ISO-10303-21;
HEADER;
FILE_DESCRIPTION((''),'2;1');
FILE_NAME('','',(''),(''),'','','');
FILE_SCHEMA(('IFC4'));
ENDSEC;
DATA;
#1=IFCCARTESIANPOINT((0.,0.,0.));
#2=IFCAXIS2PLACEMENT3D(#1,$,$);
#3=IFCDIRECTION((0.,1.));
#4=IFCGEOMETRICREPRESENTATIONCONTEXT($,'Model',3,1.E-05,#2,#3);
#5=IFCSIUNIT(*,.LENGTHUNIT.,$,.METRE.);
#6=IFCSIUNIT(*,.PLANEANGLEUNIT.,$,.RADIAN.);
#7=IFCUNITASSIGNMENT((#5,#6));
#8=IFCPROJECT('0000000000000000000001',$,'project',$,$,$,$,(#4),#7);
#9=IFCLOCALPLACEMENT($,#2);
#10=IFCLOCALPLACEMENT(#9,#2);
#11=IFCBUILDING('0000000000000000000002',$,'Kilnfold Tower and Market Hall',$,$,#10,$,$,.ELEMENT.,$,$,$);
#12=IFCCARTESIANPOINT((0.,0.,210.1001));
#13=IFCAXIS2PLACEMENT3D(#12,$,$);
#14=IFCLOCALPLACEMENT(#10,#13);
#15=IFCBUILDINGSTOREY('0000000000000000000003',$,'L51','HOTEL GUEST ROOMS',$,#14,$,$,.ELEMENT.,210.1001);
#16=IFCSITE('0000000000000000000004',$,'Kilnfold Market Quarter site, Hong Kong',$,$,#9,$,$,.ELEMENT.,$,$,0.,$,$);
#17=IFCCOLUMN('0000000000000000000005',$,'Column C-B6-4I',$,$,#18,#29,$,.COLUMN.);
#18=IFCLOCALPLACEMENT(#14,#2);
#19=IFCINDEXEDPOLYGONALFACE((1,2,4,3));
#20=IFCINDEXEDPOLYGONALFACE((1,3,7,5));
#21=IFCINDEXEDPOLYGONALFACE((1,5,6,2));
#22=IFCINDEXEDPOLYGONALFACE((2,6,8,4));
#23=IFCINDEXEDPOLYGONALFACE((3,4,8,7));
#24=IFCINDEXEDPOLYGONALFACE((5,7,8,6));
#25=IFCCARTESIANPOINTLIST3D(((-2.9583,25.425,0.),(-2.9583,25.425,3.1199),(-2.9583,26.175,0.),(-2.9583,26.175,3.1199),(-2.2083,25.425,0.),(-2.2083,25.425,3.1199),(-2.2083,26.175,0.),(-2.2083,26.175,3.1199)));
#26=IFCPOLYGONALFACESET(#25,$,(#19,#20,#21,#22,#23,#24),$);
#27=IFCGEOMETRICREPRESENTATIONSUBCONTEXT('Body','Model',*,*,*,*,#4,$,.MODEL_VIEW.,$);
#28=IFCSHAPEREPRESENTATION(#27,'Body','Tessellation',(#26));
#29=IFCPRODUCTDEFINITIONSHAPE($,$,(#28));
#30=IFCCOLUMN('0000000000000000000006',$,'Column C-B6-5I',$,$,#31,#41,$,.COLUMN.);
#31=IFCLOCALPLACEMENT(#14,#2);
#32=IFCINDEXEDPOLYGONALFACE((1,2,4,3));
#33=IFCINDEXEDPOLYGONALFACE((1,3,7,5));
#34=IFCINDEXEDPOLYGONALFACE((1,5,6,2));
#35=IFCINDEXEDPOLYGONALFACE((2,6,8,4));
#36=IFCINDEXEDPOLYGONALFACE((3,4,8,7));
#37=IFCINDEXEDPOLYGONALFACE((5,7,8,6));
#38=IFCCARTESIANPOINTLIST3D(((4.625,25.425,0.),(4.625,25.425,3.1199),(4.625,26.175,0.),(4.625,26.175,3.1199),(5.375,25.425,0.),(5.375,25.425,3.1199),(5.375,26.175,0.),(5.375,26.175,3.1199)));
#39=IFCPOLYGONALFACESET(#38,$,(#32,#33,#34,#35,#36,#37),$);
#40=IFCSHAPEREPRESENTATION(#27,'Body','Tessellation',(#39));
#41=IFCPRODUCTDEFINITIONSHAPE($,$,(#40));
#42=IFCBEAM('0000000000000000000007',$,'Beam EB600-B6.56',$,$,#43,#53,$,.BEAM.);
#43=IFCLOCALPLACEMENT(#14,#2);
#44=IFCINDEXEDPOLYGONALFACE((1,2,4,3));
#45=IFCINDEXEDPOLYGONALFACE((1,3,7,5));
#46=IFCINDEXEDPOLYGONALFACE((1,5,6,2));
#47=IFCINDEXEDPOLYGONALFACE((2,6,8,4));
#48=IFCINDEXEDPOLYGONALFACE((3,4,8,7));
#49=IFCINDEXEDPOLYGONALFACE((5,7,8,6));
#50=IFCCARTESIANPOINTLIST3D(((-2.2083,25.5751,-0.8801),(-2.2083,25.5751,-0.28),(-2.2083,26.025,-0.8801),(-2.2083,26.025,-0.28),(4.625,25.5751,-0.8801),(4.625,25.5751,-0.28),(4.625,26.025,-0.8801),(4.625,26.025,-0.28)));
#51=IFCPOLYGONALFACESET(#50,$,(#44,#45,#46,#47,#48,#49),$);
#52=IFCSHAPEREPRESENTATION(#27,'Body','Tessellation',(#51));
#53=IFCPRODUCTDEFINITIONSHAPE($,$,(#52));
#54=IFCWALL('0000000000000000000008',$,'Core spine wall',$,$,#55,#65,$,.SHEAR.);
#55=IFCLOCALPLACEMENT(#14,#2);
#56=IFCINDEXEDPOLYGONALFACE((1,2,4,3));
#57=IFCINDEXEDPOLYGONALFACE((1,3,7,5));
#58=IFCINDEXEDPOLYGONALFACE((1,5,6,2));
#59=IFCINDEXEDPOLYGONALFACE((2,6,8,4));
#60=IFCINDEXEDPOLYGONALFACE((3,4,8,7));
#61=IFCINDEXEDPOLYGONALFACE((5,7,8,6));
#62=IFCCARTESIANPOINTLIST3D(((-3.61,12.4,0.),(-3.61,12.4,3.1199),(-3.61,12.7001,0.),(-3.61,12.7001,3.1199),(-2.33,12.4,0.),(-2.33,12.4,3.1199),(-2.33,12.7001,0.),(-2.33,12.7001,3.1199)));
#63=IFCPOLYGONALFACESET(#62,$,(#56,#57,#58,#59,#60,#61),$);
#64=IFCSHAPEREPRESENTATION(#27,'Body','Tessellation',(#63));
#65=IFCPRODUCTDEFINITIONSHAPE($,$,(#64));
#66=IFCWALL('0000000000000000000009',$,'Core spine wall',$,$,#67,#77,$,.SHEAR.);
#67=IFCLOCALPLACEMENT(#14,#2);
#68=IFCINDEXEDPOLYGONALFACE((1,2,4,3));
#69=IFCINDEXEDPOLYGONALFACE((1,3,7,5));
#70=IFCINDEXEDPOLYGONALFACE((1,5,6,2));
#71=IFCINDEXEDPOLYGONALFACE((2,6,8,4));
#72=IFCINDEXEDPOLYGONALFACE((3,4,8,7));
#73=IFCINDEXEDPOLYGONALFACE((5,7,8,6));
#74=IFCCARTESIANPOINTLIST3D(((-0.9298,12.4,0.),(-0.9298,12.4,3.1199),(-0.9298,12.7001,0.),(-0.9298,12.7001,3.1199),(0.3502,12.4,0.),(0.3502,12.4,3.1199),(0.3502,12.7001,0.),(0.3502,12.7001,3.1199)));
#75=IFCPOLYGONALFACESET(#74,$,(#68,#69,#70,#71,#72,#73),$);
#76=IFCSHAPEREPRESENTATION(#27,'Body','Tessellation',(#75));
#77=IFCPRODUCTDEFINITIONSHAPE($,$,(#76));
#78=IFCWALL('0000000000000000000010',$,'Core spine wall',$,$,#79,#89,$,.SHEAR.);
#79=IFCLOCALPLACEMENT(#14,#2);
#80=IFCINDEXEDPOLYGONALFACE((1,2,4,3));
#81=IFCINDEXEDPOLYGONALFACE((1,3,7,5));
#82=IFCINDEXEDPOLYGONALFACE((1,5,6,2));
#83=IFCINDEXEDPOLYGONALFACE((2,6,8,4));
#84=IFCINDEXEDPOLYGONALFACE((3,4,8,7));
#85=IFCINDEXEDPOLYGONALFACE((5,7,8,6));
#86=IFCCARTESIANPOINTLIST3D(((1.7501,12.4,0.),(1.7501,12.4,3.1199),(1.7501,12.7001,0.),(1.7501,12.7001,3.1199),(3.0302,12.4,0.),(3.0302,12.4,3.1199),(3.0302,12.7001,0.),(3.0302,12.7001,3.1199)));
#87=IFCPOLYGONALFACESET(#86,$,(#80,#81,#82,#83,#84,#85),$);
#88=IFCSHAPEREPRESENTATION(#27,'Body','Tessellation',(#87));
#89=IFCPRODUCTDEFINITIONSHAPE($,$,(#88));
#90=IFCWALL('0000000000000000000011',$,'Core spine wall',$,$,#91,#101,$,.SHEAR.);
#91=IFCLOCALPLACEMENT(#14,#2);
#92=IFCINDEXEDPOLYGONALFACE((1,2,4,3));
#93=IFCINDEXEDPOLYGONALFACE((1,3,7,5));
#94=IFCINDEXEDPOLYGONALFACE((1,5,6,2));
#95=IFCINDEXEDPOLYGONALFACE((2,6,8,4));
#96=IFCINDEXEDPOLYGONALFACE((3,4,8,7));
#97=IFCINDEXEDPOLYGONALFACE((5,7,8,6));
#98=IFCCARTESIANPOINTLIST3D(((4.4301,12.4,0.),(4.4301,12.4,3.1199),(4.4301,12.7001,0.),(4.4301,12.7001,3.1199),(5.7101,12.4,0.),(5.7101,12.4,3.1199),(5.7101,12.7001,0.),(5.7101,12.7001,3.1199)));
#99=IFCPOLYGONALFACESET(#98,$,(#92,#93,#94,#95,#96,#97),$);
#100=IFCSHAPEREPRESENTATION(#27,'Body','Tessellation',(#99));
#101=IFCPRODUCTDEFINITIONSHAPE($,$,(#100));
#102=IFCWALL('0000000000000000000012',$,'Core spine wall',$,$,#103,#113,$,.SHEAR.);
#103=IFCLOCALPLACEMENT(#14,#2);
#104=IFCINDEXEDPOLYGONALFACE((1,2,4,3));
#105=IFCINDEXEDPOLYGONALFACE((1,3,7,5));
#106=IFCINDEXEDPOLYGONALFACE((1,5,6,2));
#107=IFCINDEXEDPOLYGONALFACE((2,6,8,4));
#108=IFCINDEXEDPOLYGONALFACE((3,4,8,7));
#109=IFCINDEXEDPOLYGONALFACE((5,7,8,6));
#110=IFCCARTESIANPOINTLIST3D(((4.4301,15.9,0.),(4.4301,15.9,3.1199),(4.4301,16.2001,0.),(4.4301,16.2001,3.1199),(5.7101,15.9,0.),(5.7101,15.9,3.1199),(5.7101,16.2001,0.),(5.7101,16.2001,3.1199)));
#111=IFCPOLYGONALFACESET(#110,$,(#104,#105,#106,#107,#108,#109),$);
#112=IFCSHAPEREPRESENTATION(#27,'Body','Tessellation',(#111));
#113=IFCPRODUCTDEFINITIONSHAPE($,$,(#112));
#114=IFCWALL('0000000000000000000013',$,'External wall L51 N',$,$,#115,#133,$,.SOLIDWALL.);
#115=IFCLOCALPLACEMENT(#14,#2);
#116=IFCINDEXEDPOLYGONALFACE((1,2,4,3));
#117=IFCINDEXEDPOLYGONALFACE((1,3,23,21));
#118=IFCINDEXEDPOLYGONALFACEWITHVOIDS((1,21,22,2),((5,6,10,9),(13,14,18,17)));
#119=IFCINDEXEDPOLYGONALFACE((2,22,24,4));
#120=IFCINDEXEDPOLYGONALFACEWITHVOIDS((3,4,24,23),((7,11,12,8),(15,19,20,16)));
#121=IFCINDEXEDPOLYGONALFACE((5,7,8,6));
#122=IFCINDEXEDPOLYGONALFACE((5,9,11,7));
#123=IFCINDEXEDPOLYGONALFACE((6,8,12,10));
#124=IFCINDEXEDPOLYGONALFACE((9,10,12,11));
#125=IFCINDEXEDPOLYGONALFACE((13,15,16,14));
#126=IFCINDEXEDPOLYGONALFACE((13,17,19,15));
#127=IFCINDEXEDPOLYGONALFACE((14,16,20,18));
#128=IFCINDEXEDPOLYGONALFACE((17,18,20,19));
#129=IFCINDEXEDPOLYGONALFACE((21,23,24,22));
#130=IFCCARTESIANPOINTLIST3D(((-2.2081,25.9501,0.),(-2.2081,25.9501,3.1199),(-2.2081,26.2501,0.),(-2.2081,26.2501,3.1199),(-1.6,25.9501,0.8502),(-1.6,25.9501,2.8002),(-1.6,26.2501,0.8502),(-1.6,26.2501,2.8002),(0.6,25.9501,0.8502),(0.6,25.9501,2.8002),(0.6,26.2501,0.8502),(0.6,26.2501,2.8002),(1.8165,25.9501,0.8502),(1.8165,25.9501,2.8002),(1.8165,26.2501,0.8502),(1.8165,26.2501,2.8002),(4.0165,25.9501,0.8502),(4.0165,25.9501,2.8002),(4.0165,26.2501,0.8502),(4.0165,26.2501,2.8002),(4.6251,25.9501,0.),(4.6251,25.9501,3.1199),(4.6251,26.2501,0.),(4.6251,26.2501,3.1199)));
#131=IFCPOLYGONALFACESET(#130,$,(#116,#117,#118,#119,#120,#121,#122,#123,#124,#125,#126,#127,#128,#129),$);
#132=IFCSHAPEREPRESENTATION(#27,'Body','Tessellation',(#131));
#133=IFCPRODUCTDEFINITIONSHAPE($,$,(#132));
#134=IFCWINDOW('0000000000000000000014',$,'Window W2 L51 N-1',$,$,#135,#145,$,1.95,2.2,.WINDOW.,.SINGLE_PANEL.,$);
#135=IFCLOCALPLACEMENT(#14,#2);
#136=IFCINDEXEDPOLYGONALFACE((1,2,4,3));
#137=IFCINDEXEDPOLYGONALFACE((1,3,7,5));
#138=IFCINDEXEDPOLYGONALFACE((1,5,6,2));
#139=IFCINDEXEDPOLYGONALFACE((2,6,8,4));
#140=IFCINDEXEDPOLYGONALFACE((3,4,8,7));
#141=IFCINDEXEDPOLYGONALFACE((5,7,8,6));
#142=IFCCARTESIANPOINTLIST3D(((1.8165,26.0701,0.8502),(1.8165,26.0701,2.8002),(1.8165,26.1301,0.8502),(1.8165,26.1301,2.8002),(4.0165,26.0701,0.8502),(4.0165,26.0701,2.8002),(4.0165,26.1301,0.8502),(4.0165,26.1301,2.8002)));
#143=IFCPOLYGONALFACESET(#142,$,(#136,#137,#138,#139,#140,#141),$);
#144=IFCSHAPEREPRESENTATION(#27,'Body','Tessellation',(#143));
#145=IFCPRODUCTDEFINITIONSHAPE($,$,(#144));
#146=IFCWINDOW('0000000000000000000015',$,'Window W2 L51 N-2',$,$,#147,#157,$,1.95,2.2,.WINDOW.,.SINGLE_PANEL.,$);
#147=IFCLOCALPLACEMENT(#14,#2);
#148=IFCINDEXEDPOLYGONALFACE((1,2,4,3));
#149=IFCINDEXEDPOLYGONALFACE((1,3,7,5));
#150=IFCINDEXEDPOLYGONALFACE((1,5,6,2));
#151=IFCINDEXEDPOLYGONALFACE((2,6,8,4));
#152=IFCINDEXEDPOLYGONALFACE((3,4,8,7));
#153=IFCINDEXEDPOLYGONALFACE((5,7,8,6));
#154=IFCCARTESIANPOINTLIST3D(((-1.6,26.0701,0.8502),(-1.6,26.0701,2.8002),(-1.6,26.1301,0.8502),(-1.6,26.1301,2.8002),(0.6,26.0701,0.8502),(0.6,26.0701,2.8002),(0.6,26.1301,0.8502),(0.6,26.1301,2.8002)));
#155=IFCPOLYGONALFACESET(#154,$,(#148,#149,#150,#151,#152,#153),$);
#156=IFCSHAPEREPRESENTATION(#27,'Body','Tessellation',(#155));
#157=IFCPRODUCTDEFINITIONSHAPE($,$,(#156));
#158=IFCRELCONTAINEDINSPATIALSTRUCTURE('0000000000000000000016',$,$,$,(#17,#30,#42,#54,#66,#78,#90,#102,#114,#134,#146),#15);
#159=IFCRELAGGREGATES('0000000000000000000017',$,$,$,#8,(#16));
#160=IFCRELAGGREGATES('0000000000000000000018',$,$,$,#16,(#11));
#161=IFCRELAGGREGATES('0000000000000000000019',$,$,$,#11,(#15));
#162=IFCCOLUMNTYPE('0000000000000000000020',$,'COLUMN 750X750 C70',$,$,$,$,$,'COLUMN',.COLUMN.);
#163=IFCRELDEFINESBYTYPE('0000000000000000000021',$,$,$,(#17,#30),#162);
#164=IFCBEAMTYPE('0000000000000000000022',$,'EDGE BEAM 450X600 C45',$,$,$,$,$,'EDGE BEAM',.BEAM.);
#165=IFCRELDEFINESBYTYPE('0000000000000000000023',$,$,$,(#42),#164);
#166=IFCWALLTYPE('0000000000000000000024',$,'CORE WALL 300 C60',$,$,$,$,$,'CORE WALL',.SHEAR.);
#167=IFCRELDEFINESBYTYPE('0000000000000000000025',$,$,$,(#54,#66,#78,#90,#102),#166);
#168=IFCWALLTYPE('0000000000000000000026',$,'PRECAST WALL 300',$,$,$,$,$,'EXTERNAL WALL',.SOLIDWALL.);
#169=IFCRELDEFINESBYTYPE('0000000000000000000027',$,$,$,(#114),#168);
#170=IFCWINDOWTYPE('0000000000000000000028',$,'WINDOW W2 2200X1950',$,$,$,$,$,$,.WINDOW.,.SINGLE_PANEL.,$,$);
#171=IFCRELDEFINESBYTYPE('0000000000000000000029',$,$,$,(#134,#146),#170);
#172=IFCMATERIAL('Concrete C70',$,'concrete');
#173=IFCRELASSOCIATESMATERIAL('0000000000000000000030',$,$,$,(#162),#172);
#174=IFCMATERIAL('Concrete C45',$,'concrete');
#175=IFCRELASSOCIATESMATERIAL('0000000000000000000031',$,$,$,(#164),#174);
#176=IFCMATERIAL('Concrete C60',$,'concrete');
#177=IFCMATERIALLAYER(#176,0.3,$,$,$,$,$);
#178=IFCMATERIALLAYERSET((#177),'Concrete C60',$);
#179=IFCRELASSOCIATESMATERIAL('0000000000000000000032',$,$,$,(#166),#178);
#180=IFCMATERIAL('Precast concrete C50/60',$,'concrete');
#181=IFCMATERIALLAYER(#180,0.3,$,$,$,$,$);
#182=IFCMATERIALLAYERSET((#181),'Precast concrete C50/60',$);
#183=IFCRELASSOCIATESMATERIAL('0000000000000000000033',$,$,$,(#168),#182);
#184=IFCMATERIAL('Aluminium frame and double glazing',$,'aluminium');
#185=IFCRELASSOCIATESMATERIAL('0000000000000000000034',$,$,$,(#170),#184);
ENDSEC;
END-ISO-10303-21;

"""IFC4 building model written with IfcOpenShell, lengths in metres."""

from ifc_helpers import new_model, si_unit, direction, frame, frame_2d, origin, origin_2d, place, context, subcontext, project, spatial, rectangle, extrude, source, transform, mapped, material, layer, layer_set, material_profile, profile_set, type_object, element, fill, save


model = new_model("IFC4")

# Units and contexts
model_context = context("Model", 3, precision=1e-05, world=origin(), true_north=direction((0.0, 1.0)))
body_context = subcontext(model_context, "Body", "Model", "MODEL_VIEW")
ifc_project = project(units=[si_unit("LENGTHUNIT", "METRE"), si_unit("PLANEANGLEUNIT", "RADIAN")], contexts=[model_context])

# Site, building, storey
site_placement = place(None, origin())
site = spatial("IfcSite", under=ifc_project, at=site_placement, Name="Kilnfold Market Quarter site, Hong Kong", CompositionType="ELEMENT", RefElevation=0.0)
building_placement = place(site_placement, origin())
building = spatial("IfcBuilding", under=site, at=building_placement, Name="Kilnfold Tower and Market Hall", CompositionType="ELEMENT")
storey_placement = place(building_placement, frame((0.0, 0.0, 210.1001)))
storey = spatial("IfcBuildingStorey", under=building, at=storey_placement, Name="L51", Description="HOTEL GUEST ROOMS", CompositionType="ELEMENT", Elevation=210.1001)

# Columns
ifc_material_1 = material(Name="Concrete C70", Category="concrete")
ifc_material_profile_1 = material_profile(ifc_material_1, rectangle(XDim=0.75, YDim=0.75, at=origin_2d()), Name="RC 750x750")
ifc_profile_set_1 = profile_set([ifc_material_profile_1], Name="Concrete C70")
column_type = type_object("IfcColumnType", Name="COLUMN 750X750 C70", ElementType="COLUMN", PredefinedType="COLUMN", material=ifc_profile_set_1)
shared_shape_1 = source(origin(), body_context, "Body", "SweptSolid", [
    extrude(rectangle(XDim=0.75, YDim=0.75, at=origin_2d()), origin(), (0.0, 0.0, 1.0), 3.1199),
])
for number, where, z_axis, x_axis, name in (
    (1, (-2.5833, 25.8, 0.0), (0.0, 0.0, 1.0), (1.0, 0.0, 0.0), "Column C-B6-4I"),
    (2, (5.0, 25.8, 0.0), (0.0, 0.0, 1.0), (1.0, 0.0, 0.0), "Column C-B6-5I"),
):
    element("IfcColumn", number, at=place(storey_placement, frame(where, z_axis=z_axis, x_axis=x_axis)), inside=storey, type_object=column_type, Name=name, PredefinedType="COLUMN", context=body_context, shape_type="MappedRepresentation", body=[
        mapped(shared_shape_1, transform((0.0, 0.0, 0.0))),
    ])

# Beam
ifc_material_2 = material(Name="Concrete C45", Category="concrete")
ifc_material_profile_2 = material_profile(ifc_material_2, rectangle(XDim=0.45, YDim=0.6001, at=origin_2d()), Name="RC 450x600")
ifc_profile_set_2 = profile_set([ifc_material_profile_2], Name="Concrete C45")
beam_type = type_object("IfcBeamType", Name="EDGE BEAM 450X600 C45", ElementType="EDGE BEAM", PredefinedType="BEAM", material=ifc_profile_set_2)
shared_shape_2 = source(origin(), body_context, "Body", "SweptSolid", [
    extrude(rectangle(XDim=0.45, YDim=0.6001, at=origin_2d()), origin(), (0.0, 0.0, 1.0), 6.8333),
])
beam_placement = place(storey_placement, frame((-2.2083, 25.8, -0.5801), z_axis=(1.0, 0.0, 0.0), x_axis=(0.0, 1.0, 0.0)))
element("IfcBeam", 3, at=beam_placement, inside=storey, type_object=beam_type, Name="Beam EB600-B6.56", PredefinedType="BEAM", context=body_context, shape_type="MappedRepresentation", body=[
    mapped(shared_shape_2, transform((0.0, 0.0, 0.0))),
])

# Walls
ifc_material_3 = material(Name="Concrete C60", Category="concrete")
ifc_layer_1 = layer(ifc_material_3, 0.3)
ifc_layer_set_1 = layer_set([ifc_layer_1], Name="Concrete C60")
wall_type_1 = type_object("IfcWallType", Name="CORE WALL 300 C60", ElementType="CORE WALL", PredefinedType="SHEAR", material=ifc_layer_set_1)
shared_shape_3 = source(origin(), body_context, "Body", "SweptSolid", [
    extrude(rectangle(XDim=1.28, YDim=0.3, at=frame_2d((0.6401, 0.0))), origin(), (0.0, 0.0, 1.0), 3.1199),
])
for number, where, z_axis, x_axis, name in (
    (4, (-3.6101, 12.55, 0.0), (0.0, 0.0, 1.0), (1.0, 0.0, 0.0), "Core spine wall"),
    (5, (-0.9299, 12.55, 0.0), (0.0, 0.0, 1.0), (1.0, 0.0, 0.0), "Core spine wall"),
    (6, (1.75, 12.55, 0.0), (0.0, 0.0, 1.0), (1.0, 0.0, 0.0), "Core spine wall"),
    (7, (4.4299, 12.55, 0.0), (0.0, 0.0, 1.0), (1.0, 0.0, 0.0), "Core spine wall"),
    (8, (4.4299, 16.05, 0.0), (0.0, 0.0, 1.0), (1.0, 0.0, 0.0), "Core spine wall"),
):
    element("IfcWall", number, at=place(storey_placement, frame(where, z_axis=z_axis, x_axis=x_axis)), inside=storey, type_object=wall_type_1, Name=name, PredefinedType="SHEAR", context=body_context, shape_type="MappedRepresentation", body=[
        mapped(shared_shape_3, transform((0.0, 0.0, 0.0))),
    ])

# Wall, openings, windows
ifc_material_4 = material(Name="Precast concrete C50/60", Category="concrete")
ifc_layer_2 = layer(ifc_material_4, 0.3)
ifc_layer_set_2 = layer_set([ifc_layer_2], Name="Precast concrete C50/60")
wall_type_2 = type_object("IfcWallType", Name="PRECAST WALL 300", ElementType="EXTERNAL WALL", PredefinedType="SOLIDWALL", material=ifc_layer_set_2)
shared_shape_4 = source(origin(), body_context, "Body", "SweptSolid", [
    extrude(rectangle(XDim=6.8333, YDim=0.3, at=frame_2d((3.4165, 0.0))), origin(), (0.0, 0.0, 1.0), 3.1199),
])
wall_1_placement = place(storey_placement, frame((4.625, 26.1001, 0.0), z_axis=(0.0, 0.0, 1.0), x_axis=(-1.0, 0.0, 0.0)))
wall_1 = element("IfcWall", 9, at=wall_1_placement, inside=storey, type_object=wall_type_2, Name="External wall L51 N", PredefinedType="SOLIDWALL", context=body_context, shape_type="MappedRepresentation", body=[
    mapped(shared_shape_4, transform((0.0, 0.0, 0.0))),
])
opening_1_placement = place(wall_1_placement, frame((0.6084, 0.0, 0.8501)))
opening_1 = element("IfcOpeningElement", 10, at=opening_1_placement, cuts=wall_1, PredefinedType="OPENING", context=body_context, shape_type="SweptSolid", body=[
    extrude(rectangle(XDim=2.2, YDim=1.95, at=frame_2d((1.1001, 0.9751))), frame((0.0, 0.1602, 0.0), z_axis=(0.0, -1.0, 0.0), x_axis=(1.0, 0.0, 0.0)), (0.0, 0.0, 1.0), 0.3201),
])
opening_2_placement = place(wall_1_placement, frame((4.0249, 0.0, 0.8501)))
opening_2 = element("IfcOpeningElement", 11, at=opening_2_placement, cuts=wall_1, PredefinedType="OPENING", context=body_context, shape_type="SweptSolid", body=[
    extrude(rectangle(XDim=2.2, YDim=1.95, at=frame_2d((1.1001, 0.9751))), frame((0.0, 0.1602, 0.0), z_axis=(0.0, -1.0, 0.0), x_axis=(1.0, 0.0, 0.0)), (0.0, 0.0, 1.0), 0.3201),
])
ifc_material_5 = material(Name="Aluminium frame and double glazing", Category="aluminium")
window_type = type_object("IfcWindowType", Name="WINDOW W2 2200X1950", PartitioningType="SINGLE_PANEL", PredefinedType="WINDOW", material=ifc_material_5)
window_1_placement = place(opening_1_placement, origin())
window_1 = element("IfcWindow", 12, at=window_1_placement, inside=storey, type_object=window_type, Name="Window W2 L51 N-1", OverallHeight=1.95, OverallWidth=2.2, PartitioningType="SINGLE_PANEL", PredefinedType="WINDOW", context=body_context, shape_type="SweptSolid", body=[
    extrude(rectangle(XDim=2.2, YDim=1.95, at=frame_2d((1.1001, 0.9751))), frame((0.0, 0.03, 0.0), z_axis=(0.0, -1.0, 0.0), x_axis=(1.0, 0.0, 0.0)), (0.0, 0.0, 1.0), 0.0601),
])
fill(opening_1, window_1)
window_2_placement = place(opening_2_placement, origin())
window_2 = element("IfcWindow", 13, at=window_2_placement, inside=storey, type_object=window_type, Name="Window W2 L51 N-2", OverallHeight=1.95, OverallWidth=2.2, PartitioningType="SINGLE_PANEL", PredefinedType="WINDOW", context=body_context, shape_type="SweptSolid", body=[
    extrude(rectangle(XDim=2.2, YDim=1.95, at=frame_2d((1.1001, 0.9751))), frame((0.0, 0.03, 0.0), z_axis=(0.0, -1.0, 0.0), x_axis=(1.0, 0.0, 0.0)), (0.0, 0.0, 1.0), 0.0601),
])
fill(opening_2, window_2)

save(model, "model.ifc")
